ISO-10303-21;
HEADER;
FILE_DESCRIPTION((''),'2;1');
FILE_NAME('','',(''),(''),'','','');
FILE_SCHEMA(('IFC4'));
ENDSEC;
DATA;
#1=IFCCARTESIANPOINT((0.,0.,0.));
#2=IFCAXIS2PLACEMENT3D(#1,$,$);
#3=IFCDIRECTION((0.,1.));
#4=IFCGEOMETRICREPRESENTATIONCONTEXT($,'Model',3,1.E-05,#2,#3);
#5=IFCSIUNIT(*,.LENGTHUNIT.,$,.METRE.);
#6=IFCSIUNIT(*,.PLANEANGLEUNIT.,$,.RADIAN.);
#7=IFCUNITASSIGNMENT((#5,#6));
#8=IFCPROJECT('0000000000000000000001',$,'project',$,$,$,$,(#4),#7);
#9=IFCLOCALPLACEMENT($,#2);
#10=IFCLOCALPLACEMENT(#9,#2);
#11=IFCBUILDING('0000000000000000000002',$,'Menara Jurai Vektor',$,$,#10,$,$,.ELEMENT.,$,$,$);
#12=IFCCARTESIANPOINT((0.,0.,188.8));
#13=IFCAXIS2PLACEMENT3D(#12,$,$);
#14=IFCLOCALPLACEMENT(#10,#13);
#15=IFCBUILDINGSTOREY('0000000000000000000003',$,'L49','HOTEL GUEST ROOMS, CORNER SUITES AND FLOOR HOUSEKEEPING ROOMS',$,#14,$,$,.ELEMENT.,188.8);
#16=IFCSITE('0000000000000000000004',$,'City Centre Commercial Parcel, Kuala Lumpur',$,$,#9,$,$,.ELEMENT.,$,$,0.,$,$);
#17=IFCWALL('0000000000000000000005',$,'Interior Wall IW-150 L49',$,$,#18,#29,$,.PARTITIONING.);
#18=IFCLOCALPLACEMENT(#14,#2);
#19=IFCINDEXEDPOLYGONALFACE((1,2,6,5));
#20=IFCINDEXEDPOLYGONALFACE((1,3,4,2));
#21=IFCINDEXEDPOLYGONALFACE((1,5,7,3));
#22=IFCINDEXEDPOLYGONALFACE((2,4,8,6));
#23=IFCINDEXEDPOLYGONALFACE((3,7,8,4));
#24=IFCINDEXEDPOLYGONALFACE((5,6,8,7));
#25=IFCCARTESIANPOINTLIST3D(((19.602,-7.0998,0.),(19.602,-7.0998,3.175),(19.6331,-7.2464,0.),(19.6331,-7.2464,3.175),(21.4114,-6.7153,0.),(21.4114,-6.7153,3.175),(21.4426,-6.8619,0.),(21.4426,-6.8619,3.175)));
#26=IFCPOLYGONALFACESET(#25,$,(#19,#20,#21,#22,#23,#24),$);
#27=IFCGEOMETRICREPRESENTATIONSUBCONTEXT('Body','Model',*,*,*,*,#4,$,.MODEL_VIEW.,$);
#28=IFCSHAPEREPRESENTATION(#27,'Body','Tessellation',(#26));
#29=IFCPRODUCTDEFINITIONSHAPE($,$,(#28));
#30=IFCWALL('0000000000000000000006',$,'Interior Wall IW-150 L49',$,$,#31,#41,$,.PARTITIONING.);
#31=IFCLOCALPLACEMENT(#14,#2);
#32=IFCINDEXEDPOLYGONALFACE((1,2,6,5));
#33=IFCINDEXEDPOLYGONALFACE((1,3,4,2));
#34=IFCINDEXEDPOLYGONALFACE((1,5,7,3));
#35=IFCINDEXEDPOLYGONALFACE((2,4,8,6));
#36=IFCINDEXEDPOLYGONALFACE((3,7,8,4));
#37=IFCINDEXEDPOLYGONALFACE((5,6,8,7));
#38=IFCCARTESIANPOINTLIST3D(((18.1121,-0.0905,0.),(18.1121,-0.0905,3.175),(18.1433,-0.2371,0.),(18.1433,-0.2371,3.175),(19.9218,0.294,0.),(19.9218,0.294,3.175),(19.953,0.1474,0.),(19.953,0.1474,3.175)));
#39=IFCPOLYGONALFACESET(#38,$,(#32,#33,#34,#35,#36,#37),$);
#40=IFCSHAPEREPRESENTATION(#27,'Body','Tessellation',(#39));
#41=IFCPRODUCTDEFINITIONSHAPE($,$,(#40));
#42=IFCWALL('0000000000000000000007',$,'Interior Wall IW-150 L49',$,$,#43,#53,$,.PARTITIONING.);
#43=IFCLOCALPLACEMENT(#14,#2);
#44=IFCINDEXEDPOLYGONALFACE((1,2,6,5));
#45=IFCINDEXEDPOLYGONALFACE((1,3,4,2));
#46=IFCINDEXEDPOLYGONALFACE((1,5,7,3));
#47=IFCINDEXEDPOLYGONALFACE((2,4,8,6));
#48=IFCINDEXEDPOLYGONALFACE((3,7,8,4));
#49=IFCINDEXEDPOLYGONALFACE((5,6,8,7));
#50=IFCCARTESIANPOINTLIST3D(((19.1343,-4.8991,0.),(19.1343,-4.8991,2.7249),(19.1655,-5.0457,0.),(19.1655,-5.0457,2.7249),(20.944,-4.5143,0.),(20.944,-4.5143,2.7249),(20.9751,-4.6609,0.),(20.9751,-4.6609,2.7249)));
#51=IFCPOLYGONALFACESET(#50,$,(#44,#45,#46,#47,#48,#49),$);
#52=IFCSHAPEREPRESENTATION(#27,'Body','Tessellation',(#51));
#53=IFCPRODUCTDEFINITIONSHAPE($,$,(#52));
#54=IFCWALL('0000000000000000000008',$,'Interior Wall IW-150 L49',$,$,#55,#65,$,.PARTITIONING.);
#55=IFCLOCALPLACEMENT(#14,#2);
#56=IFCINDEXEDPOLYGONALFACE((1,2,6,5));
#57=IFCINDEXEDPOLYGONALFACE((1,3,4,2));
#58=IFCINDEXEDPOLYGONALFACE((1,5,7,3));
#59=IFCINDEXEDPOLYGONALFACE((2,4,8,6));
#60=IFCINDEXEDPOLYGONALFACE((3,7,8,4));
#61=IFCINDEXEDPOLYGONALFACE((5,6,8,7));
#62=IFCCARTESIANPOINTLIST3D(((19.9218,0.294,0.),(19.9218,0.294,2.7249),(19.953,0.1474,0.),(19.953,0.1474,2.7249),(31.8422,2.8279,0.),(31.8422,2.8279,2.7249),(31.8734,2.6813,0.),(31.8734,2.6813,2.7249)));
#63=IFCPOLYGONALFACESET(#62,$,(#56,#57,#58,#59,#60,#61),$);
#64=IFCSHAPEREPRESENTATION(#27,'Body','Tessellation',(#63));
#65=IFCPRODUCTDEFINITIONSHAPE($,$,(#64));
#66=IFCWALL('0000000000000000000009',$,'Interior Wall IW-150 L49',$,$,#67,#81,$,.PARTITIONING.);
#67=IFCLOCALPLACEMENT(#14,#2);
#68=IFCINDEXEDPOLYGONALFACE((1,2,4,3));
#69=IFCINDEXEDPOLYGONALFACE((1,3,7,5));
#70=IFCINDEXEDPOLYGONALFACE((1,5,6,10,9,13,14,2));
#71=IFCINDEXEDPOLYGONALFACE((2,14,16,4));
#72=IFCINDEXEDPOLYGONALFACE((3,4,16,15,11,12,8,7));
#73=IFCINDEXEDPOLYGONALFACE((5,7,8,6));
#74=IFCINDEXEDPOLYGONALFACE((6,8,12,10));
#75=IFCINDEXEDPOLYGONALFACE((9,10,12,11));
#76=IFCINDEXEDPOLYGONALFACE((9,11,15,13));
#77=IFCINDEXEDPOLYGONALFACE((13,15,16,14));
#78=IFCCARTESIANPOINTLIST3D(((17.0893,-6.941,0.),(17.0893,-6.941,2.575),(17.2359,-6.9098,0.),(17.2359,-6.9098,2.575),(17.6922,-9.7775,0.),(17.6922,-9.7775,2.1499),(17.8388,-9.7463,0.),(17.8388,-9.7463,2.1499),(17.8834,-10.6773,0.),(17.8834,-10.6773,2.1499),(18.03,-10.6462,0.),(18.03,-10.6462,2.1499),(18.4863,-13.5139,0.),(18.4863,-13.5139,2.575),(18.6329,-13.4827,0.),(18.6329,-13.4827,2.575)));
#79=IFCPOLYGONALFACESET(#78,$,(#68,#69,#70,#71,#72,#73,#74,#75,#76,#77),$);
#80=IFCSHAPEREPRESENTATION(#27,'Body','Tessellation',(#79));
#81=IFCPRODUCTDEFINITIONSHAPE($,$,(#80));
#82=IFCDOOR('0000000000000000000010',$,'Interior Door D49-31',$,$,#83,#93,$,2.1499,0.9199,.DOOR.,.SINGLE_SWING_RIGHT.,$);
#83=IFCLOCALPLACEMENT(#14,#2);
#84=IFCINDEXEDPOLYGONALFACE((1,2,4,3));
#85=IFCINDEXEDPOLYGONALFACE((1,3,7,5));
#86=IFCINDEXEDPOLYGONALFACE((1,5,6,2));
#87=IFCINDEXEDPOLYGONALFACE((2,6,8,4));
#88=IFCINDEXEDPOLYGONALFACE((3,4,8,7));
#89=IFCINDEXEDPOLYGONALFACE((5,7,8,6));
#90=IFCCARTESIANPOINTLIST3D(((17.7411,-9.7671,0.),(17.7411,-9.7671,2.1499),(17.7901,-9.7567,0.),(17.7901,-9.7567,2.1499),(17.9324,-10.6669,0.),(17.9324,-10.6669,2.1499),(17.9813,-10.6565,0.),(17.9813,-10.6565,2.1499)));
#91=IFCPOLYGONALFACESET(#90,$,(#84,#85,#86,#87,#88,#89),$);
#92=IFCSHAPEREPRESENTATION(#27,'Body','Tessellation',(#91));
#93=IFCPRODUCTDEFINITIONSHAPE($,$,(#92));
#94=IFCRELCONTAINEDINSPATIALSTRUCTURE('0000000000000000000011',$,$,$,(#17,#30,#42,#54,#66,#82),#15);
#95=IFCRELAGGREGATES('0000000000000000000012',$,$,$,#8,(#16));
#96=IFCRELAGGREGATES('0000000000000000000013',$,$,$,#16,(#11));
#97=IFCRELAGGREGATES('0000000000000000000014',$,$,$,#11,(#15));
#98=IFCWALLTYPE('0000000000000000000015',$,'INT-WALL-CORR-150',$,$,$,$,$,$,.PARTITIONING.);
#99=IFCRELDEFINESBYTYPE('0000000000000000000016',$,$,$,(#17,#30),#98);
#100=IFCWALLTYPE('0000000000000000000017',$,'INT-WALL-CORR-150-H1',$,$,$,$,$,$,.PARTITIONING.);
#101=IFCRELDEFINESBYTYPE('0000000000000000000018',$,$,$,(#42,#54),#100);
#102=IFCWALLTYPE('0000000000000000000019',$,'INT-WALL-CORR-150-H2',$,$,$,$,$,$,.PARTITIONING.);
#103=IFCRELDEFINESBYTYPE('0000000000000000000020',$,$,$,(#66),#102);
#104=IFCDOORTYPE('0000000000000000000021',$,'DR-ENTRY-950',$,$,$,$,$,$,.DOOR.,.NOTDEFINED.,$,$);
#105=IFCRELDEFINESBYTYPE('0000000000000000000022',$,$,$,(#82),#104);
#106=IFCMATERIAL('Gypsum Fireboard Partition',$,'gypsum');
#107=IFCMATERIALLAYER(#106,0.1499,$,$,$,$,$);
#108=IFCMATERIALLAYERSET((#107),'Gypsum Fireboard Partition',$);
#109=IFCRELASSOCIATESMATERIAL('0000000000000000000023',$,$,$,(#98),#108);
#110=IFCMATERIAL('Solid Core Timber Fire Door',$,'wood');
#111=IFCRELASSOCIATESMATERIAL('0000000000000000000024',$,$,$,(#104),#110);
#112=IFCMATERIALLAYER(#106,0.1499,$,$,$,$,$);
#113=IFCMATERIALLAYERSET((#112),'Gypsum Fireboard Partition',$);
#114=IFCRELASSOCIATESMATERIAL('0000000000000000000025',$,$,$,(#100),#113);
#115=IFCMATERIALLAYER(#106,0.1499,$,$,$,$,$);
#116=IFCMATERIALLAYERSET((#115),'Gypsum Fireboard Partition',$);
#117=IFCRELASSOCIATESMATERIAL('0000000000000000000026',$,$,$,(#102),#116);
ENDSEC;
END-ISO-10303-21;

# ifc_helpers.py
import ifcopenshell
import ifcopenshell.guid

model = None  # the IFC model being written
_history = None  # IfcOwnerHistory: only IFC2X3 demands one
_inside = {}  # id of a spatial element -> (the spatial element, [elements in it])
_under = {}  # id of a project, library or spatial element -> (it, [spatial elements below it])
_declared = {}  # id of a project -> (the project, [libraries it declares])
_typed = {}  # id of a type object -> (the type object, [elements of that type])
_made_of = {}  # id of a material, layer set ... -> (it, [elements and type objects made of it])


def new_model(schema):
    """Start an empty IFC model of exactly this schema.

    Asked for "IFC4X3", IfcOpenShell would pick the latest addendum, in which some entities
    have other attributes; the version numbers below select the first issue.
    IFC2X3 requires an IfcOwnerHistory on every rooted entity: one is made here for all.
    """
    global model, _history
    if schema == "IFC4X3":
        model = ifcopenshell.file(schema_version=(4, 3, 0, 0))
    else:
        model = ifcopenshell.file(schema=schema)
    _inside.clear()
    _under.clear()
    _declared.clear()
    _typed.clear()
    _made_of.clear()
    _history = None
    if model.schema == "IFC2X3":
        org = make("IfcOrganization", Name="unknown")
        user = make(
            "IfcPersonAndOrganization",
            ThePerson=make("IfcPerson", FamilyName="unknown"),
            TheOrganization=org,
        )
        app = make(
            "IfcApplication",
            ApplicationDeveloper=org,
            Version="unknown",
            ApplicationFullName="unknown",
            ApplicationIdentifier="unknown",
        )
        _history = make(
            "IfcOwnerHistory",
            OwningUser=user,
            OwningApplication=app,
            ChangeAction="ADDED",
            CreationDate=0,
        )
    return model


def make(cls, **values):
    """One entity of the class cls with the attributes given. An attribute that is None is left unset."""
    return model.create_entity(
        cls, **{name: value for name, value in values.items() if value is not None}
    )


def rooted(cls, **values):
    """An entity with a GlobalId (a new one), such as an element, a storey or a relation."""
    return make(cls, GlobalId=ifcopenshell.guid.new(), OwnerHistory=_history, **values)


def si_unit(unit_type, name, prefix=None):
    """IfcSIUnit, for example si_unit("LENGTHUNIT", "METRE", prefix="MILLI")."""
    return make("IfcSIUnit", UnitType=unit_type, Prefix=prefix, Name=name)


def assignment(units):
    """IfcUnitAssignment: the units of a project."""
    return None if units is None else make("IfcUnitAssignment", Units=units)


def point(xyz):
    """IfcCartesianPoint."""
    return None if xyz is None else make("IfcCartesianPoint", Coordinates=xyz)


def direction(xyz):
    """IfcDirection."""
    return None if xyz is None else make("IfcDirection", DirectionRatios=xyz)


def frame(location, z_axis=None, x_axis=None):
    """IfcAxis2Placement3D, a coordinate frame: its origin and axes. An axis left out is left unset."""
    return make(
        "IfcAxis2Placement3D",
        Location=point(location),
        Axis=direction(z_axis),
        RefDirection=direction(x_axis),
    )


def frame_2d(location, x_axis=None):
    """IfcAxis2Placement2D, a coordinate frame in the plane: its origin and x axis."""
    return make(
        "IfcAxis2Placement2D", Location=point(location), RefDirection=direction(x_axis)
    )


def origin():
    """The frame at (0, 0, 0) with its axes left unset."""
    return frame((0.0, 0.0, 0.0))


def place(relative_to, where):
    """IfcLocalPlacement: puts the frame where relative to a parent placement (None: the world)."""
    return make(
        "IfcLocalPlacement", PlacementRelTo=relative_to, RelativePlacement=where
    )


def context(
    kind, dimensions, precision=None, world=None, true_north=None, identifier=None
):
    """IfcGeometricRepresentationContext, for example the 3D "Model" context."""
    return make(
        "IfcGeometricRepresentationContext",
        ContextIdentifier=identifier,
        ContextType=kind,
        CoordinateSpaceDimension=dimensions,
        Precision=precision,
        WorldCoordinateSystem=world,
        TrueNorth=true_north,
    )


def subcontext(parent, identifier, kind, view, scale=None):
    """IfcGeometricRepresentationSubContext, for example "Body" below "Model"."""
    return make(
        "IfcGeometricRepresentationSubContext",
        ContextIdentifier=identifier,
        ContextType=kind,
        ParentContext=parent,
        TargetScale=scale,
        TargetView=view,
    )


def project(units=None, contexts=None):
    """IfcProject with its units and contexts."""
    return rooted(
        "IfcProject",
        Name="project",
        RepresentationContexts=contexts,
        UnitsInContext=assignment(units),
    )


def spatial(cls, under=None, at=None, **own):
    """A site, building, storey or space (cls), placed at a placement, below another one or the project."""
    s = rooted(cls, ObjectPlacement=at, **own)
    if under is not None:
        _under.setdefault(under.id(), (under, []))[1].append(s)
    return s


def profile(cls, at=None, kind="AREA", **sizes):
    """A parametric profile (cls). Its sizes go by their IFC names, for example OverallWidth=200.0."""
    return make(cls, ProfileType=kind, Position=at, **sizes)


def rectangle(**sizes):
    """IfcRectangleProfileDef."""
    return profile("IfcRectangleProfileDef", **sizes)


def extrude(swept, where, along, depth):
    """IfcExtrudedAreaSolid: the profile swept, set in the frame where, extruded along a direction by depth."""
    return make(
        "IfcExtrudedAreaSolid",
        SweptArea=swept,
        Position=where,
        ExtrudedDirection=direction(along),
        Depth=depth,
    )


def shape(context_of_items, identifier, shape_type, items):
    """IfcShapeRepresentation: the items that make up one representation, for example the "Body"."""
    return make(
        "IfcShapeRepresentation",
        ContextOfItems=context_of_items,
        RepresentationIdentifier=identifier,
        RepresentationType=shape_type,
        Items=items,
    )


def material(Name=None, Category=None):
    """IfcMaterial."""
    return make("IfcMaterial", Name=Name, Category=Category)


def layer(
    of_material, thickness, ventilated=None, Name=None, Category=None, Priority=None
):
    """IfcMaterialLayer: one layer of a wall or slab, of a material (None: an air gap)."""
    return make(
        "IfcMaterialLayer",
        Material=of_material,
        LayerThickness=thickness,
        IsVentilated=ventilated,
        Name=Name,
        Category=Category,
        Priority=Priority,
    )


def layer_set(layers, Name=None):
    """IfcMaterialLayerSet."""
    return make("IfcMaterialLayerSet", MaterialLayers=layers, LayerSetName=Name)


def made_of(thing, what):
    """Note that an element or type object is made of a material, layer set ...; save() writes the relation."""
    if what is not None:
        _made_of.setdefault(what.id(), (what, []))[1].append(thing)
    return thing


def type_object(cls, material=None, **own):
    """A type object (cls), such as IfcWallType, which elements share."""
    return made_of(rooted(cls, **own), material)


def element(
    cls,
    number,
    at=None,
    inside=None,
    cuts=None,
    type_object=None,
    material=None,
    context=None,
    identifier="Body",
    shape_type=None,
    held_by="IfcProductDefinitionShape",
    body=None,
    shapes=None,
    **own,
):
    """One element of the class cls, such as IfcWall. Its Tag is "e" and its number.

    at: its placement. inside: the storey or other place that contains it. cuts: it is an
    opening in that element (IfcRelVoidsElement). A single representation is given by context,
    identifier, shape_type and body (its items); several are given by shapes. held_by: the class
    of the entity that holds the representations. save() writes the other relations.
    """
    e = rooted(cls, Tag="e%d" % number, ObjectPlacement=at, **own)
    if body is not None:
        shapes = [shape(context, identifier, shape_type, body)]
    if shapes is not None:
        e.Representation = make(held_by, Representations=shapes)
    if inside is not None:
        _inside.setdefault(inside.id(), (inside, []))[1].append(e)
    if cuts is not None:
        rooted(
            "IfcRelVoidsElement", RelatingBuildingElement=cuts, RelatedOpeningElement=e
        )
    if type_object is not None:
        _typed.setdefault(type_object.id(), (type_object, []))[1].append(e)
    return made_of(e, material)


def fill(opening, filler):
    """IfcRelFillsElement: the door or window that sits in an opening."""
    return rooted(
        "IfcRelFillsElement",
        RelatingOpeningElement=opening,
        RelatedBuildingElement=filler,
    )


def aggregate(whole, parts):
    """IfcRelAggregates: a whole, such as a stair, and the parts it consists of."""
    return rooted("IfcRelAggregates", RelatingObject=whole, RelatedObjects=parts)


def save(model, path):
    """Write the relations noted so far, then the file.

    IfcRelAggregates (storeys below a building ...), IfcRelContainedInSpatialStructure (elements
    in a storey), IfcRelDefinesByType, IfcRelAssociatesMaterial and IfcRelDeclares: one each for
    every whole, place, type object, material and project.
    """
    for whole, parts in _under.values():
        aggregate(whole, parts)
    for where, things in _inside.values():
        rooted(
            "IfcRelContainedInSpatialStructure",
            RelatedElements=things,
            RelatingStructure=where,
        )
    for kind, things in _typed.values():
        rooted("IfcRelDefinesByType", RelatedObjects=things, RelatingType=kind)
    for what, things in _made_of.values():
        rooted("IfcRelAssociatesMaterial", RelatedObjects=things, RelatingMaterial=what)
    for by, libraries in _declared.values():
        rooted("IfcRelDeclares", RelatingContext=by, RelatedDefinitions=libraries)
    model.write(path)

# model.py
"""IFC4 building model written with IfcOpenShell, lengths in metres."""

from ifc_helpers import new_model, si_unit, direction, frame, frame_2d, origin, place, context, subcontext, project, spatial, rectangle, extrude, material, layer, layer_set, type_object, element, fill, save


model = new_model("IFC4")

# Units and contexts
model_context = context("Model", 3, precision=1e-05, world=origin(), true_north=direction((0.0, 1.0)))
body_context = subcontext(model_context, "Body", "Model", "MODEL_VIEW")
ifc_project = project(units=[si_unit("LENGTHUNIT", "METRE"), si_unit("PLANEANGLEUNIT", "RADIAN")], contexts=[model_context])

# Site, building, storey
site_placement = place(None, origin())
site = spatial("IfcSite", under=ifc_project, at=site_placement, Name="City Centre Commercial Parcel, Kuala Lumpur", CompositionType="ELEMENT", RefElevation=0.0)
building_placement = place(site_placement, origin())
building = spatial("IfcBuilding", under=site, at=building_placement, Name="Menara Jurai Vektor", CompositionType="ELEMENT")
storey_placement = place(building_placement, frame((0.0, 0.0, 188.8)))
storey = spatial("IfcBuildingStorey", under=building, at=storey_placement, Name="L49", Description="HOTEL GUEST ROOMS, CORNER SUITES AND FLOOR HOUSEKEEPING ROOMS", CompositionType="ELEMENT", Elevation=188.8)

# Shared definitions
ifc_material_1 = material(Name="Gypsum Fireboard Partition", Category="gypsum")
ifc_layer_1 = layer(ifc_material_1, 0.1499)
ifc_layer_set_1 = layer_set([ifc_layer_1], Name="Gypsum Fireboard Partition")
wall_type_1 = type_object("IfcWallType", Name="INT-WALL-CORR-150", PredefinedType="PARTITIONING", material=ifc_layer_set_1)

# Shared definitions
ifc_material_2 = material(Name="Solid Core Timber Fire Door", Category="wood")
door_type = type_object("IfcDoorType", Name="DR-ENTRY-950", OperationType="NOTDEFINED", PredefinedType="DOOR", material=ifc_material_2)

# Walls
for number, where, z_axis, x_axis, name in (
    (1, (19.6177, -7.1731, 0.0), (0.0, 0.0, 1.0), (0.97816, 0.207852, 0.0), "Interior Wall IW-150 L49"),
):
    element("IfcWall", number, at=place(storey_placement, frame(where, z_axis=z_axis, x_axis=x_axis)), inside=storey, type_object=wall_type_1, Name=name, PredefinedType="PARTITIONING", context=body_context, shape_type="SweptSolid", body=[
        extrude(rectangle(XDim=1.8499, YDim=0.1499, at=frame_2d((0.9248, 0.0))), origin(), (0.0, 0.0, 1.0), 3.175),
    ])
wall_1_placement = place(storey_placement, frame((18.1277, -0.1638, 0.0), z_axis=(0.0, 0.0, 1.0), x_axis=(0.978166, 0.207826, 0.0)))
element("IfcWall", 2, at=wall_1_placement, inside=storey, type_object=wall_type_1, Name="Interior Wall IW-150 L49", PredefinedType="PARTITIONING", context=body_context, shape_type="SweptSolid", body=[
    extrude(rectangle(XDim=1.8501, YDim=0.1499, at=frame_2d((0.925, 0.0))), origin(), (0.0, 0.0, 1.0), 3.175),
])
ifc_layer_2 = layer(ifc_material_1, 0.1499)
ifc_layer_set_2 = layer_set([ifc_layer_2], Name="Gypsum Fireboard Partition")
wall_type_2 = type_object("IfcWallType", Name="INT-WALL-CORR-150-H1", PredefinedType="PARTITIONING", material=ifc_layer_set_2)
wall_2_placement = place(storey_placement, frame((19.1499, -4.9724, 0.0), z_axis=(0.0, 0.0, 1.0), x_axis=(0.978133, 0.207979, 0.0)))
element("IfcWall", 3, at=wall_2_placement, inside=storey, type_object=wall_type_2, Name="Interior Wall IW-150 L49", PredefinedType="PARTITIONING", context=body_context, shape_type="SweptSolid", body=[
    extrude(rectangle(XDim=1.8501, YDim=0.1499, at=frame_2d((0.925, 0.0))), origin(), (0.0, 0.0, 1.0), 2.7249),
])
wall_3_placement = place(storey_placement, frame((19.9375, 0.2207, 0.0), z_axis=(0.0, 0.0, 1.0), x_axis=(0.978145, 0.207925, 0.0)))
element("IfcWall", 4, at=wall_3_placement, inside=storey, type_object=wall_type_2, Name="Interior Wall IW-150 L49", PredefinedType="PARTITIONING", context=body_context, shape_type="SweptSolid", body=[
    extrude(rectangle(XDim=12.1868, YDim=0.1499, at=frame_2d((6.0933, 0.0))), origin(), (0.0, 0.0, 1.0), 2.7249),
])

# Wall, opening, door
ifc_layer_3 = layer(ifc_material_1, 0.1499)
ifc_layer_set_3 = layer_set([ifc_layer_3], Name="Gypsum Fireboard Partition")
wall_type_3 = type_object("IfcWallType", Name="INT-WALL-CORR-150-H2", PredefinedType="PARTITIONING", material=ifc_layer_set_3)
wall_4_placement = place(storey_placement, frame((18.5596, -13.4983, 0.0), z_axis=(0.0, 0.0, 1.0), x_axis=(-0.207889, 0.978152, 0.0)))
wall_4 = element("IfcWall", 5, at=wall_4_placement, inside=storey, type_object=wall_type_3, Name="Interior Wall IW-150 L49", PredefinedType="PARTITIONING", context=body_context, shape_type="SweptSolid", body=[
    extrude(rectangle(XDim=6.7197, YDim=0.1499, at=frame_2d((3.3599, 0.0))), origin(), (0.0, 0.0, 1.0), 2.575),
])
opening_1_placement = place(wall_4_placement, frame((2.8999, 0.0, 0.0)))
opening_1 = element("IfcOpeningElement", 6, at=opening_1_placement, cuts=wall_4, PredefinedType="OPENING", context=body_context, shape_type="SweptSolid", body=[
    extrude(rectangle(XDim=0.9199, YDim=2.1499, at=frame_2d((0.46, 1.075))), frame((0.0, 0.085, 0.0), z_axis=(0.0, -1.0, 0.0), x_axis=(1.0, 0.0, 0.0)), (0.0, 0.0, 1.0), 0.1699),
])
door_1_placement = place(opening_1_placement, origin())
door_1 = element("IfcDoor", 7, at=door_1_placement, inside=storey, type_object=door_type, Name="Interior Door D49-31", OperationType="SINGLE_SWING_RIGHT", OverallHeight=2.1499, OverallWidth=0.9199, PredefinedType="DOOR", context=body_context, shape_type="SweptSolid", body=[
    extrude(rectangle(XDim=0.9199, YDim=2.1499, at=frame_2d((0.46, 1.075))), frame((0.0, 0.0249, 0.0), z_axis=(0.0, -1.0, 0.0), x_axis=(1.0, 0.0, 0.0)), (0.0, 0.0, 1.0), 0.05),
])
fill(opening_1, door_1)

save(model, "model.ifc")
